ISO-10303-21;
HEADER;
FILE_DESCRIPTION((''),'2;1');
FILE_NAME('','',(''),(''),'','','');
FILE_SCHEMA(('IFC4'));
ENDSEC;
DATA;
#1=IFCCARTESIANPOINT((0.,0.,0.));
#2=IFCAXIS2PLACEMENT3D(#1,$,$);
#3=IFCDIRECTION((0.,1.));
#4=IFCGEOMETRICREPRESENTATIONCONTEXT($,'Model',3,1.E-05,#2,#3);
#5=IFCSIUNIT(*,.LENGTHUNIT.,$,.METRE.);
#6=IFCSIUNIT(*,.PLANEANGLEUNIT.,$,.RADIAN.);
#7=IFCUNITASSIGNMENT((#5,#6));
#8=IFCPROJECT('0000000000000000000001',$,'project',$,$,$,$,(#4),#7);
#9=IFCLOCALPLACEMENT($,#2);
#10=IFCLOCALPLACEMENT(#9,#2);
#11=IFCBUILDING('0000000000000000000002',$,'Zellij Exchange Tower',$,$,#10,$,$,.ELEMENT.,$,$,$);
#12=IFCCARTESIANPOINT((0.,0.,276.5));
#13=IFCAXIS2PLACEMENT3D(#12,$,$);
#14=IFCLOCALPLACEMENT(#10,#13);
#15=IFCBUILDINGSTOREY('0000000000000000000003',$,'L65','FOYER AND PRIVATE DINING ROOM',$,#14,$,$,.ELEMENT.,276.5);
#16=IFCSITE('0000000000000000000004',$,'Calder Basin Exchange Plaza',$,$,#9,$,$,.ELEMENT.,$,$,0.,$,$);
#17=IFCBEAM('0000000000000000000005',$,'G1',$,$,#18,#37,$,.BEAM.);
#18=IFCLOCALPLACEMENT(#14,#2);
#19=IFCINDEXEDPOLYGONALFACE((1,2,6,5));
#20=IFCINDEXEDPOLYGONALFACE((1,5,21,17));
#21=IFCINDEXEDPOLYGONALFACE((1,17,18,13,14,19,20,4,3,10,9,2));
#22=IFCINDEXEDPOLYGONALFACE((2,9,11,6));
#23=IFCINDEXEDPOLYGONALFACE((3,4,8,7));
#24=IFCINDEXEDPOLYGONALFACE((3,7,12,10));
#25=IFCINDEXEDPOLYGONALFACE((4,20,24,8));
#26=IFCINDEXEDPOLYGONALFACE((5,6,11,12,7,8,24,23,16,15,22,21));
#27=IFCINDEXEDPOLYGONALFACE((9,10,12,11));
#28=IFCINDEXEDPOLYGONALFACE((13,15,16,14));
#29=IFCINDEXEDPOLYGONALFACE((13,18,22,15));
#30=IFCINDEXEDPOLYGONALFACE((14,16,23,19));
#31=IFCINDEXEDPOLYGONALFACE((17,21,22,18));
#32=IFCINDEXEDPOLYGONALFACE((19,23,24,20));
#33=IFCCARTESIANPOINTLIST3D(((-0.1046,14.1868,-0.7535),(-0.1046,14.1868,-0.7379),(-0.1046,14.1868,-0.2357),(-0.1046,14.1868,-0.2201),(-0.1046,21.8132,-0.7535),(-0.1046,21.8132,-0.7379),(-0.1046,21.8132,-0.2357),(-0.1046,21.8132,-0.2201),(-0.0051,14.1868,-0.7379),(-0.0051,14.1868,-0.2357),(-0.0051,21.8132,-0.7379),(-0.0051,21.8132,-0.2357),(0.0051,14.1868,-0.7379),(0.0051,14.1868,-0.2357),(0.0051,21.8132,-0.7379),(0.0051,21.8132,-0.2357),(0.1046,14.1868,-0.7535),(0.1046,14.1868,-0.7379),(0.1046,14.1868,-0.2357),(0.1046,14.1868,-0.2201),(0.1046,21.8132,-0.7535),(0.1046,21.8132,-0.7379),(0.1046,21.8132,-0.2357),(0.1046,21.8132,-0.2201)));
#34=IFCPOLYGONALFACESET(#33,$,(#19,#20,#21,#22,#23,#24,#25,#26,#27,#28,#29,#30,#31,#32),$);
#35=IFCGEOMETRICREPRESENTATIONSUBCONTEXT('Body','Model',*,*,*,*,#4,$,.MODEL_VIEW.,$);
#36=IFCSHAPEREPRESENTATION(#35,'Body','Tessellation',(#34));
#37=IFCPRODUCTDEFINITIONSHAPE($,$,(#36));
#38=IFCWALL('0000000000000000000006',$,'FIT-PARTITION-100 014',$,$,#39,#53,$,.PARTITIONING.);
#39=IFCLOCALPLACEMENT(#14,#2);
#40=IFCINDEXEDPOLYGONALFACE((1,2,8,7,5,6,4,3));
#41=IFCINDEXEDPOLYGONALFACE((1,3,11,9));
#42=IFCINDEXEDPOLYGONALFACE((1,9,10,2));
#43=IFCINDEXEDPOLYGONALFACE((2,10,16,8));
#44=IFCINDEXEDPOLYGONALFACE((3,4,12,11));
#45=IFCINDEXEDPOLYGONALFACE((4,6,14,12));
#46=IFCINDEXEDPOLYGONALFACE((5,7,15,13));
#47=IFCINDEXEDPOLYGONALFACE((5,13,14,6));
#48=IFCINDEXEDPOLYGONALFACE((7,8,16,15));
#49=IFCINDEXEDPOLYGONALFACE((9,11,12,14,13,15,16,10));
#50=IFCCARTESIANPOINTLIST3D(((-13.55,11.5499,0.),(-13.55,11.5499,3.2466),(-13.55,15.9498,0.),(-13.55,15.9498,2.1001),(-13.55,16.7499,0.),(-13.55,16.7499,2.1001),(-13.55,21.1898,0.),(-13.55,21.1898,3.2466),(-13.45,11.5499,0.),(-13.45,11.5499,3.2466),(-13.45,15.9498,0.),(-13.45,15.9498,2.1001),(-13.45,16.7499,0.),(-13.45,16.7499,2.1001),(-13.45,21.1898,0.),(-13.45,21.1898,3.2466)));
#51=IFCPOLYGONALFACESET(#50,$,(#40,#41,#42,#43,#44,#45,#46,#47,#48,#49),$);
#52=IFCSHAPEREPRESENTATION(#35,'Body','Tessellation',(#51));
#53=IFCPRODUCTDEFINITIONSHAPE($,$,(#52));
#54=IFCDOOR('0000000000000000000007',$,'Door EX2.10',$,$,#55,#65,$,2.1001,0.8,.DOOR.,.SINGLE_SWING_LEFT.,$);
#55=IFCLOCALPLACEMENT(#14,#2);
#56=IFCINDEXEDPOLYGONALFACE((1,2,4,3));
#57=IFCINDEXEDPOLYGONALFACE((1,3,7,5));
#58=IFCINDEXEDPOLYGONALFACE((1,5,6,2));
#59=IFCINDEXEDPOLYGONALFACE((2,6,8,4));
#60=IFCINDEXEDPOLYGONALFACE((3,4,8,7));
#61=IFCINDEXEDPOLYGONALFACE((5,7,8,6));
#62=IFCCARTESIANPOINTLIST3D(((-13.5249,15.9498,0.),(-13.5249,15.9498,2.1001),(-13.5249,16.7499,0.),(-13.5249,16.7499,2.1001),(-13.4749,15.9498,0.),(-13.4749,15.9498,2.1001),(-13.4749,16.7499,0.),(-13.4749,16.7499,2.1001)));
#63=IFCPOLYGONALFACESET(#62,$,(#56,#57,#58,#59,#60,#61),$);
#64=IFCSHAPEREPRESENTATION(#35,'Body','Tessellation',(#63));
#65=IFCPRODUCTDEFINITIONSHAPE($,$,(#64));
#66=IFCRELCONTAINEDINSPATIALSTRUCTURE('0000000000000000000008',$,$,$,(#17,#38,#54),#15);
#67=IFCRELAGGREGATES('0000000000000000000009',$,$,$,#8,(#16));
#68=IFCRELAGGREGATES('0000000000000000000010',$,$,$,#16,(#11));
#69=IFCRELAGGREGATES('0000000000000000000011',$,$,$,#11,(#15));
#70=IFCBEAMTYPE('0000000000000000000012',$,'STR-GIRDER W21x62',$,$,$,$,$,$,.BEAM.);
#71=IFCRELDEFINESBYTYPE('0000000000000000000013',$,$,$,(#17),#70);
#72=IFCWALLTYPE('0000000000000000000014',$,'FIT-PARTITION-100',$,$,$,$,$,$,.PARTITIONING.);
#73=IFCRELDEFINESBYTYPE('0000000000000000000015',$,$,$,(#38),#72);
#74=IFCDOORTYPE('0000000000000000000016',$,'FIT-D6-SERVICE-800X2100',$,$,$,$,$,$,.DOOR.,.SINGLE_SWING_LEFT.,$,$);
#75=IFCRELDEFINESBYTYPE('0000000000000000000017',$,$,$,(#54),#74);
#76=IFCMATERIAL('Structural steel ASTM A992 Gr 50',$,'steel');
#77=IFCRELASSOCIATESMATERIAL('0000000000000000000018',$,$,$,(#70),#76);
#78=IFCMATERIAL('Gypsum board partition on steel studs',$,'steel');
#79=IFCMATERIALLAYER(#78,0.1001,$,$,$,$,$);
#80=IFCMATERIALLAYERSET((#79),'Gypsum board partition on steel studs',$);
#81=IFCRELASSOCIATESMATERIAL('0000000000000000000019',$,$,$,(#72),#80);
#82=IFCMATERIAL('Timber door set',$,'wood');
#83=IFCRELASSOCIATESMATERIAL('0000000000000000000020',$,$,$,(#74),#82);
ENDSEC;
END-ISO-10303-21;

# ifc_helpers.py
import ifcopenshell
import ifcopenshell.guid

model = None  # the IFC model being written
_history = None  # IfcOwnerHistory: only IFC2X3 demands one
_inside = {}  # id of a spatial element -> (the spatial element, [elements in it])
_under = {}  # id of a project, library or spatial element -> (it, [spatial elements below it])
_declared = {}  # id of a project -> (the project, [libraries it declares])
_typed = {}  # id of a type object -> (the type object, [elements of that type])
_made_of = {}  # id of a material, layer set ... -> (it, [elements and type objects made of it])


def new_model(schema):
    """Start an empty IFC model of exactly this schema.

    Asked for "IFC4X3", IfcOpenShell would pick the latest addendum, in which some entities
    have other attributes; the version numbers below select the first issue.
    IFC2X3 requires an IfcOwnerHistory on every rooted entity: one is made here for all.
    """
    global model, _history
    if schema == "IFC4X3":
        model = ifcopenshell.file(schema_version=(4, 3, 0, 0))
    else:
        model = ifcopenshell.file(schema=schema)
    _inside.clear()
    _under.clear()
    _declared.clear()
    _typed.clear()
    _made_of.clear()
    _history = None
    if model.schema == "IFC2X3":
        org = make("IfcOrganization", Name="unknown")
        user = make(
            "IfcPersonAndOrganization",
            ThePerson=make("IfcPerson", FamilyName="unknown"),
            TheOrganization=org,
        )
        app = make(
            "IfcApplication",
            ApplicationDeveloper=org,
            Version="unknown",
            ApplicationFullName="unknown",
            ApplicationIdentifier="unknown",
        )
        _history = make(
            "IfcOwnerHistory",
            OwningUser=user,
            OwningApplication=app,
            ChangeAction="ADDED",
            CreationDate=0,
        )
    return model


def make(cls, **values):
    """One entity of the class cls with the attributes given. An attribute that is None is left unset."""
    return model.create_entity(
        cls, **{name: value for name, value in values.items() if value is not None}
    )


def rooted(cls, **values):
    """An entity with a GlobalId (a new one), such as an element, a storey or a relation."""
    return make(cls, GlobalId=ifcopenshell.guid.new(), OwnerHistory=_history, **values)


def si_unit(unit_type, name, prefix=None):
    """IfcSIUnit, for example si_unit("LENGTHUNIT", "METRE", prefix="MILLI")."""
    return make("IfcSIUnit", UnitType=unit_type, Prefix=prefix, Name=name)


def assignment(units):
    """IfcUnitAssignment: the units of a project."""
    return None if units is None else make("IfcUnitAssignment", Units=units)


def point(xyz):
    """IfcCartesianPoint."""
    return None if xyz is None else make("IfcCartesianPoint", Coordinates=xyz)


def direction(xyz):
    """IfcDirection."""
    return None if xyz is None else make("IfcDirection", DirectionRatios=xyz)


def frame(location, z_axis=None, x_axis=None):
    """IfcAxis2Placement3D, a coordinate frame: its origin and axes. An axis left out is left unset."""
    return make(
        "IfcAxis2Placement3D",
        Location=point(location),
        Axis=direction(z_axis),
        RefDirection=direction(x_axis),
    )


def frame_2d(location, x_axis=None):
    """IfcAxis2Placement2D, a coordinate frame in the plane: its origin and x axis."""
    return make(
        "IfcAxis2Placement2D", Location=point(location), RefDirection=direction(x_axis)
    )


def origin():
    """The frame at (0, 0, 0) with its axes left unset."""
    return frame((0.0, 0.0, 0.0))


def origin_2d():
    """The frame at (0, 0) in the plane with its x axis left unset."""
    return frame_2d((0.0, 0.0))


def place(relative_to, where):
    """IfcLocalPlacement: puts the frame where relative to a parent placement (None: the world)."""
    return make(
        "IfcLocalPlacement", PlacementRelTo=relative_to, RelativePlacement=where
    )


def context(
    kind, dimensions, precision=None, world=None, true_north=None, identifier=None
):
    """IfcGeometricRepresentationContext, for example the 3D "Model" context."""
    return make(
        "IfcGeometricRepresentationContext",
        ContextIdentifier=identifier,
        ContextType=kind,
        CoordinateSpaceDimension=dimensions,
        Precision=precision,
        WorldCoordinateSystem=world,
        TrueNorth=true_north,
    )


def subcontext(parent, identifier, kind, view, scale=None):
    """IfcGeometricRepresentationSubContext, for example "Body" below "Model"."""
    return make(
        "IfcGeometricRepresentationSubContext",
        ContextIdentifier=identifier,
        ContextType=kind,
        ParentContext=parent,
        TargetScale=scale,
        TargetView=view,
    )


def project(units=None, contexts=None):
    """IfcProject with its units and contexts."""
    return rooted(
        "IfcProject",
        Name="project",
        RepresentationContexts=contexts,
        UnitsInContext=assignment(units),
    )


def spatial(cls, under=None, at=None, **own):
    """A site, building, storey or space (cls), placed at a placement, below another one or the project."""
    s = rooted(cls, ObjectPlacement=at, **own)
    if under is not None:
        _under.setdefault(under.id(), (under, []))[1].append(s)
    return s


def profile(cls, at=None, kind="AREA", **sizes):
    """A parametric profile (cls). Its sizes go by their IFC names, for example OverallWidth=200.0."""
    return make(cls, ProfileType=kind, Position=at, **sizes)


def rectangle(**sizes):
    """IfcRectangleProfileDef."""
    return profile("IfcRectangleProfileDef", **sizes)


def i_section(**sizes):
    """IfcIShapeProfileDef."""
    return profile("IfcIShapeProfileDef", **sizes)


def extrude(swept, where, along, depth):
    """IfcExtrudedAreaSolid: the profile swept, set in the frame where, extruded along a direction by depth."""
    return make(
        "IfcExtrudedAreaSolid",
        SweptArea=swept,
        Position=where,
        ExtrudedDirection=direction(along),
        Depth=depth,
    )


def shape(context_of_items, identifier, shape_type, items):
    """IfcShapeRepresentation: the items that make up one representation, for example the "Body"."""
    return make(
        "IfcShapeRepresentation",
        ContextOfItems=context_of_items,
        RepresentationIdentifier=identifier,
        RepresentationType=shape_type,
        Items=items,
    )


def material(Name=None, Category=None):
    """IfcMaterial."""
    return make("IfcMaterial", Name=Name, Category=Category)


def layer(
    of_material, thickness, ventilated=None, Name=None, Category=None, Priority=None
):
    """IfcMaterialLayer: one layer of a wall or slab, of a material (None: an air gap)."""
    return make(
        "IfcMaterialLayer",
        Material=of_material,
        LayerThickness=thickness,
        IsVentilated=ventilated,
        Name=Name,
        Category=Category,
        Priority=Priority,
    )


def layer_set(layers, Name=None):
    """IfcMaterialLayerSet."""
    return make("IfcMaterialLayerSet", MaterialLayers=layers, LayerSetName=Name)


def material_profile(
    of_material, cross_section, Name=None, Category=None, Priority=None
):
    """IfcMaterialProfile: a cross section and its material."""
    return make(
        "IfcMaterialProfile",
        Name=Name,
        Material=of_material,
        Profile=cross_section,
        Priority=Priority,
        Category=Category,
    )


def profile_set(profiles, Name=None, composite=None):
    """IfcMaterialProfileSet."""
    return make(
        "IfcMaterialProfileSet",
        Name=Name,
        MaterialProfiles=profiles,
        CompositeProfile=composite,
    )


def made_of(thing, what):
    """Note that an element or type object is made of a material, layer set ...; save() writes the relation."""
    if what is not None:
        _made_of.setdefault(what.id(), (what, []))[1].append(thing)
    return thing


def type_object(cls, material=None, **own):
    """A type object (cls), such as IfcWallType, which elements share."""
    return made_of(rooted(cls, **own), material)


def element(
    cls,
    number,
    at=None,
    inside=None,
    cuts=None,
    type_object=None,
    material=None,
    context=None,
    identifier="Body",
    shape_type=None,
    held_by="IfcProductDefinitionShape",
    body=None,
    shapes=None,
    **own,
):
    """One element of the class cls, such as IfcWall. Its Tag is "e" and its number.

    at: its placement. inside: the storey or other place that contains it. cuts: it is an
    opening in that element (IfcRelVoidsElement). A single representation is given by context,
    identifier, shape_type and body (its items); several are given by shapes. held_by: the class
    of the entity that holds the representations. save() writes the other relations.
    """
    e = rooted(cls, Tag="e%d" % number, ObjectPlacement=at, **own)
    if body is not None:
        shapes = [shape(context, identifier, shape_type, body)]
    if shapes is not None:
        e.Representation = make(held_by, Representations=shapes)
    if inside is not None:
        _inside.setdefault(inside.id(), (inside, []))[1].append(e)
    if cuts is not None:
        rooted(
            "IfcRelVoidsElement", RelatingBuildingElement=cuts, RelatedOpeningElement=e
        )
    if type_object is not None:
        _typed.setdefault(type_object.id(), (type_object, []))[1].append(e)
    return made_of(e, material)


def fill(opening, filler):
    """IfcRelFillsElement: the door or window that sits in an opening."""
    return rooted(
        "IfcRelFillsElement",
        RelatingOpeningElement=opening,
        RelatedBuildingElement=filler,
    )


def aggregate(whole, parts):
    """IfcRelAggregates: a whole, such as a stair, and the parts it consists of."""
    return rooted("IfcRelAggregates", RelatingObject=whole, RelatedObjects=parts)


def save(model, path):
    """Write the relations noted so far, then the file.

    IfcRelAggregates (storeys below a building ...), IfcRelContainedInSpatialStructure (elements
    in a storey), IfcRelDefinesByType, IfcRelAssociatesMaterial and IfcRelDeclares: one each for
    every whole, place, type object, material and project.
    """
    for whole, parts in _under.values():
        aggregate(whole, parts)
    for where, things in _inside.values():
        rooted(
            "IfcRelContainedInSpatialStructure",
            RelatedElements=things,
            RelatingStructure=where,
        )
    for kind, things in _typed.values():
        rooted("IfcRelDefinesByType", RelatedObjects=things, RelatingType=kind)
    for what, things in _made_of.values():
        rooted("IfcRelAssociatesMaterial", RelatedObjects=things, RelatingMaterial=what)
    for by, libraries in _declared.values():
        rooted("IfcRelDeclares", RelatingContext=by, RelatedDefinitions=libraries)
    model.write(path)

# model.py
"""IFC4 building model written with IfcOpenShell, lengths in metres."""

from ifc_helpers import new_model, si_unit, direction, frame, frame_2d, origin, origin_2d, place, context, subcontext, project, spatial, rectangle, i_section, extrude, material, layer, layer_set, material_profile, profile_set, type_object, element, fill, save


model = new_model("IFC4")

# Units and contexts
model_context = context("Model", 3, precision=1e-05, world=origin(), true_north=direction((0.0, 1.0)))
body_context = subcontext(model_context, "Body", "Model", "MODEL_VIEW")
ifc_project = project(units=[si_unit("LENGTHUNIT", "METRE"), si_unit("PLANEANGLEUNIT", "RADIAN")], contexts=[model_context])

# Site, building, storey
site_placement = place(None, origin())
site = spatial("IfcSite", under=ifc_project, at=site_placement, Name="Calder Basin Exchange Plaza", CompositionType="ELEMENT", RefElevation=0.0)
building_placement = place(site_placement, origin())
building = spatial("IfcBuilding", under=site, at=building_placement, Name="Zellij Exchange Tower", CompositionType="ELEMENT")
storey_placement = place(building_placement, frame((0.0, 0.0, 276.5)))
storey = spatial("IfcBuildingStorey", under=building, at=storey_placement, Name="L65", Description="FOYER AND PRIVATE DINING ROOM", CompositionType="ELEMENT", Elevation=276.5)

# Shared definitions
ifc_material_1 = material(Name="Structural steel ASTM A992 Gr 50", Category="steel")

# Beam
ifc_material_profile_1 = material_profile(ifc_material_1, i_section(OverallWidth=0.2092, OverallDepth=0.5334, WebThickness=0.0103, FlangeThickness=0.0156, at=origin_2d()), Name="W21x62")
ifc_profile_set_1 = profile_set([ifc_material_profile_1], Name="Structural steel ASTM A992 Gr 50")
beam_type = type_object("IfcBeamType", Name="STR-GIRDER W21x62", PredefinedType="BEAM", material=ifc_profile_set_1)
beam_1_placement = place(storey_placement, frame((0.0, 14.1868, -0.4868), z_axis=(0.0, 1.0, 0.0), x_axis=(-1.0, 0.0, 0.0)))
element("IfcBeam", 1, at=beam_1_placement, inside=storey, type_object=beam_type, Name="G1", PredefinedType="BEAM", context=body_context, shape_type="SweptSolid", body=[
    extrude(i_section(OverallWidth=0.2092, OverallDepth=0.5334, WebThickness=0.0103, FlangeThickness=0.0156, at=origin_2d()), origin(), (0.0, 0.0, 1.0), 7.6265),
])

# Wall, opening, door
ifc_material_2 = material(Name="Gypsum board partition on steel studs", Category="steel")
ifc_layer = layer(ifc_material_2, 0.1001)
ifc_layer_set = layer_set([ifc_layer], Name="Gypsum board partition on steel studs")
wall_type = type_object("IfcWallType", Name="FIT-PARTITION-100", PredefinedType="PARTITIONING", material=ifc_layer_set)
wall_placement = place(storey_placement, frame((-13.5, 11.55, 0.0), z_axis=(0.0, 0.0, 1.0), x_axis=(0.0, 1.0, 0.0)))
wall = element("IfcWall", 2, at=wall_placement, inside=storey, type_object=wall_type, Name="FIT-PARTITION-100 014", PredefinedType="PARTITIONING", context=body_context, shape_type="SweptSolid", body=[
    extrude(rectangle(XDim=9.6399, YDim=0.1001, at=frame_2d((4.8198, 0.0))), origin(), (0.0, 0.0, 1.0), 3.2466),
])
opening_placement = place(wall_placement, frame((4.3999, 0.0, 0.0)))
opening = element("IfcOpeningElement", 3, at=opening_placement, cuts=wall, PredefinedType="OPENING", context=body_context, shape_type="SweptSolid", body=[
    extrude(rectangle(XDim=0.8, YDim=2.1001, at=frame_2d((0.3999, 1.05))), frame((0.0, 0.062, 0.0), z_axis=(0.0, -1.0, 0.0), x_axis=(1.0, 0.0, 0.0)), (0.0, 0.0, 1.0), 0.124),
])
ifc_material_3 = material(Name="Timber door set", Category="wood")
door_type = type_object("IfcDoorType", Name="FIT-D6-SERVICE-800X2100", OperationType="SINGLE_SWING_LEFT", PredefinedType="DOOR", material=ifc_material_3)
door_placement = place(opening_placement, origin())
door = element("IfcDoor", 4, at=door_placement, inside=storey, type_object=door_type, Name="Door EX2.10", OperationType="SINGLE_SWING_LEFT", OverallHeight=2.1001, OverallWidth=0.8, PredefinedType="DOOR", context=body_context, shape_type="SweptSolid", body=[
    extrude(rectangle(XDim=0.8, YDim=2.1001, at=frame_2d((0.3999, 1.05))), frame((0.0, 0.0249, 0.0), z_axis=(0.0, -1.0, 0.0), x_axis=(1.0, 0.0, 0.0)), (0.0, 0.0, 1.0), 0.05),
])
fill(opening, door)

save(model, "model.ifc")
